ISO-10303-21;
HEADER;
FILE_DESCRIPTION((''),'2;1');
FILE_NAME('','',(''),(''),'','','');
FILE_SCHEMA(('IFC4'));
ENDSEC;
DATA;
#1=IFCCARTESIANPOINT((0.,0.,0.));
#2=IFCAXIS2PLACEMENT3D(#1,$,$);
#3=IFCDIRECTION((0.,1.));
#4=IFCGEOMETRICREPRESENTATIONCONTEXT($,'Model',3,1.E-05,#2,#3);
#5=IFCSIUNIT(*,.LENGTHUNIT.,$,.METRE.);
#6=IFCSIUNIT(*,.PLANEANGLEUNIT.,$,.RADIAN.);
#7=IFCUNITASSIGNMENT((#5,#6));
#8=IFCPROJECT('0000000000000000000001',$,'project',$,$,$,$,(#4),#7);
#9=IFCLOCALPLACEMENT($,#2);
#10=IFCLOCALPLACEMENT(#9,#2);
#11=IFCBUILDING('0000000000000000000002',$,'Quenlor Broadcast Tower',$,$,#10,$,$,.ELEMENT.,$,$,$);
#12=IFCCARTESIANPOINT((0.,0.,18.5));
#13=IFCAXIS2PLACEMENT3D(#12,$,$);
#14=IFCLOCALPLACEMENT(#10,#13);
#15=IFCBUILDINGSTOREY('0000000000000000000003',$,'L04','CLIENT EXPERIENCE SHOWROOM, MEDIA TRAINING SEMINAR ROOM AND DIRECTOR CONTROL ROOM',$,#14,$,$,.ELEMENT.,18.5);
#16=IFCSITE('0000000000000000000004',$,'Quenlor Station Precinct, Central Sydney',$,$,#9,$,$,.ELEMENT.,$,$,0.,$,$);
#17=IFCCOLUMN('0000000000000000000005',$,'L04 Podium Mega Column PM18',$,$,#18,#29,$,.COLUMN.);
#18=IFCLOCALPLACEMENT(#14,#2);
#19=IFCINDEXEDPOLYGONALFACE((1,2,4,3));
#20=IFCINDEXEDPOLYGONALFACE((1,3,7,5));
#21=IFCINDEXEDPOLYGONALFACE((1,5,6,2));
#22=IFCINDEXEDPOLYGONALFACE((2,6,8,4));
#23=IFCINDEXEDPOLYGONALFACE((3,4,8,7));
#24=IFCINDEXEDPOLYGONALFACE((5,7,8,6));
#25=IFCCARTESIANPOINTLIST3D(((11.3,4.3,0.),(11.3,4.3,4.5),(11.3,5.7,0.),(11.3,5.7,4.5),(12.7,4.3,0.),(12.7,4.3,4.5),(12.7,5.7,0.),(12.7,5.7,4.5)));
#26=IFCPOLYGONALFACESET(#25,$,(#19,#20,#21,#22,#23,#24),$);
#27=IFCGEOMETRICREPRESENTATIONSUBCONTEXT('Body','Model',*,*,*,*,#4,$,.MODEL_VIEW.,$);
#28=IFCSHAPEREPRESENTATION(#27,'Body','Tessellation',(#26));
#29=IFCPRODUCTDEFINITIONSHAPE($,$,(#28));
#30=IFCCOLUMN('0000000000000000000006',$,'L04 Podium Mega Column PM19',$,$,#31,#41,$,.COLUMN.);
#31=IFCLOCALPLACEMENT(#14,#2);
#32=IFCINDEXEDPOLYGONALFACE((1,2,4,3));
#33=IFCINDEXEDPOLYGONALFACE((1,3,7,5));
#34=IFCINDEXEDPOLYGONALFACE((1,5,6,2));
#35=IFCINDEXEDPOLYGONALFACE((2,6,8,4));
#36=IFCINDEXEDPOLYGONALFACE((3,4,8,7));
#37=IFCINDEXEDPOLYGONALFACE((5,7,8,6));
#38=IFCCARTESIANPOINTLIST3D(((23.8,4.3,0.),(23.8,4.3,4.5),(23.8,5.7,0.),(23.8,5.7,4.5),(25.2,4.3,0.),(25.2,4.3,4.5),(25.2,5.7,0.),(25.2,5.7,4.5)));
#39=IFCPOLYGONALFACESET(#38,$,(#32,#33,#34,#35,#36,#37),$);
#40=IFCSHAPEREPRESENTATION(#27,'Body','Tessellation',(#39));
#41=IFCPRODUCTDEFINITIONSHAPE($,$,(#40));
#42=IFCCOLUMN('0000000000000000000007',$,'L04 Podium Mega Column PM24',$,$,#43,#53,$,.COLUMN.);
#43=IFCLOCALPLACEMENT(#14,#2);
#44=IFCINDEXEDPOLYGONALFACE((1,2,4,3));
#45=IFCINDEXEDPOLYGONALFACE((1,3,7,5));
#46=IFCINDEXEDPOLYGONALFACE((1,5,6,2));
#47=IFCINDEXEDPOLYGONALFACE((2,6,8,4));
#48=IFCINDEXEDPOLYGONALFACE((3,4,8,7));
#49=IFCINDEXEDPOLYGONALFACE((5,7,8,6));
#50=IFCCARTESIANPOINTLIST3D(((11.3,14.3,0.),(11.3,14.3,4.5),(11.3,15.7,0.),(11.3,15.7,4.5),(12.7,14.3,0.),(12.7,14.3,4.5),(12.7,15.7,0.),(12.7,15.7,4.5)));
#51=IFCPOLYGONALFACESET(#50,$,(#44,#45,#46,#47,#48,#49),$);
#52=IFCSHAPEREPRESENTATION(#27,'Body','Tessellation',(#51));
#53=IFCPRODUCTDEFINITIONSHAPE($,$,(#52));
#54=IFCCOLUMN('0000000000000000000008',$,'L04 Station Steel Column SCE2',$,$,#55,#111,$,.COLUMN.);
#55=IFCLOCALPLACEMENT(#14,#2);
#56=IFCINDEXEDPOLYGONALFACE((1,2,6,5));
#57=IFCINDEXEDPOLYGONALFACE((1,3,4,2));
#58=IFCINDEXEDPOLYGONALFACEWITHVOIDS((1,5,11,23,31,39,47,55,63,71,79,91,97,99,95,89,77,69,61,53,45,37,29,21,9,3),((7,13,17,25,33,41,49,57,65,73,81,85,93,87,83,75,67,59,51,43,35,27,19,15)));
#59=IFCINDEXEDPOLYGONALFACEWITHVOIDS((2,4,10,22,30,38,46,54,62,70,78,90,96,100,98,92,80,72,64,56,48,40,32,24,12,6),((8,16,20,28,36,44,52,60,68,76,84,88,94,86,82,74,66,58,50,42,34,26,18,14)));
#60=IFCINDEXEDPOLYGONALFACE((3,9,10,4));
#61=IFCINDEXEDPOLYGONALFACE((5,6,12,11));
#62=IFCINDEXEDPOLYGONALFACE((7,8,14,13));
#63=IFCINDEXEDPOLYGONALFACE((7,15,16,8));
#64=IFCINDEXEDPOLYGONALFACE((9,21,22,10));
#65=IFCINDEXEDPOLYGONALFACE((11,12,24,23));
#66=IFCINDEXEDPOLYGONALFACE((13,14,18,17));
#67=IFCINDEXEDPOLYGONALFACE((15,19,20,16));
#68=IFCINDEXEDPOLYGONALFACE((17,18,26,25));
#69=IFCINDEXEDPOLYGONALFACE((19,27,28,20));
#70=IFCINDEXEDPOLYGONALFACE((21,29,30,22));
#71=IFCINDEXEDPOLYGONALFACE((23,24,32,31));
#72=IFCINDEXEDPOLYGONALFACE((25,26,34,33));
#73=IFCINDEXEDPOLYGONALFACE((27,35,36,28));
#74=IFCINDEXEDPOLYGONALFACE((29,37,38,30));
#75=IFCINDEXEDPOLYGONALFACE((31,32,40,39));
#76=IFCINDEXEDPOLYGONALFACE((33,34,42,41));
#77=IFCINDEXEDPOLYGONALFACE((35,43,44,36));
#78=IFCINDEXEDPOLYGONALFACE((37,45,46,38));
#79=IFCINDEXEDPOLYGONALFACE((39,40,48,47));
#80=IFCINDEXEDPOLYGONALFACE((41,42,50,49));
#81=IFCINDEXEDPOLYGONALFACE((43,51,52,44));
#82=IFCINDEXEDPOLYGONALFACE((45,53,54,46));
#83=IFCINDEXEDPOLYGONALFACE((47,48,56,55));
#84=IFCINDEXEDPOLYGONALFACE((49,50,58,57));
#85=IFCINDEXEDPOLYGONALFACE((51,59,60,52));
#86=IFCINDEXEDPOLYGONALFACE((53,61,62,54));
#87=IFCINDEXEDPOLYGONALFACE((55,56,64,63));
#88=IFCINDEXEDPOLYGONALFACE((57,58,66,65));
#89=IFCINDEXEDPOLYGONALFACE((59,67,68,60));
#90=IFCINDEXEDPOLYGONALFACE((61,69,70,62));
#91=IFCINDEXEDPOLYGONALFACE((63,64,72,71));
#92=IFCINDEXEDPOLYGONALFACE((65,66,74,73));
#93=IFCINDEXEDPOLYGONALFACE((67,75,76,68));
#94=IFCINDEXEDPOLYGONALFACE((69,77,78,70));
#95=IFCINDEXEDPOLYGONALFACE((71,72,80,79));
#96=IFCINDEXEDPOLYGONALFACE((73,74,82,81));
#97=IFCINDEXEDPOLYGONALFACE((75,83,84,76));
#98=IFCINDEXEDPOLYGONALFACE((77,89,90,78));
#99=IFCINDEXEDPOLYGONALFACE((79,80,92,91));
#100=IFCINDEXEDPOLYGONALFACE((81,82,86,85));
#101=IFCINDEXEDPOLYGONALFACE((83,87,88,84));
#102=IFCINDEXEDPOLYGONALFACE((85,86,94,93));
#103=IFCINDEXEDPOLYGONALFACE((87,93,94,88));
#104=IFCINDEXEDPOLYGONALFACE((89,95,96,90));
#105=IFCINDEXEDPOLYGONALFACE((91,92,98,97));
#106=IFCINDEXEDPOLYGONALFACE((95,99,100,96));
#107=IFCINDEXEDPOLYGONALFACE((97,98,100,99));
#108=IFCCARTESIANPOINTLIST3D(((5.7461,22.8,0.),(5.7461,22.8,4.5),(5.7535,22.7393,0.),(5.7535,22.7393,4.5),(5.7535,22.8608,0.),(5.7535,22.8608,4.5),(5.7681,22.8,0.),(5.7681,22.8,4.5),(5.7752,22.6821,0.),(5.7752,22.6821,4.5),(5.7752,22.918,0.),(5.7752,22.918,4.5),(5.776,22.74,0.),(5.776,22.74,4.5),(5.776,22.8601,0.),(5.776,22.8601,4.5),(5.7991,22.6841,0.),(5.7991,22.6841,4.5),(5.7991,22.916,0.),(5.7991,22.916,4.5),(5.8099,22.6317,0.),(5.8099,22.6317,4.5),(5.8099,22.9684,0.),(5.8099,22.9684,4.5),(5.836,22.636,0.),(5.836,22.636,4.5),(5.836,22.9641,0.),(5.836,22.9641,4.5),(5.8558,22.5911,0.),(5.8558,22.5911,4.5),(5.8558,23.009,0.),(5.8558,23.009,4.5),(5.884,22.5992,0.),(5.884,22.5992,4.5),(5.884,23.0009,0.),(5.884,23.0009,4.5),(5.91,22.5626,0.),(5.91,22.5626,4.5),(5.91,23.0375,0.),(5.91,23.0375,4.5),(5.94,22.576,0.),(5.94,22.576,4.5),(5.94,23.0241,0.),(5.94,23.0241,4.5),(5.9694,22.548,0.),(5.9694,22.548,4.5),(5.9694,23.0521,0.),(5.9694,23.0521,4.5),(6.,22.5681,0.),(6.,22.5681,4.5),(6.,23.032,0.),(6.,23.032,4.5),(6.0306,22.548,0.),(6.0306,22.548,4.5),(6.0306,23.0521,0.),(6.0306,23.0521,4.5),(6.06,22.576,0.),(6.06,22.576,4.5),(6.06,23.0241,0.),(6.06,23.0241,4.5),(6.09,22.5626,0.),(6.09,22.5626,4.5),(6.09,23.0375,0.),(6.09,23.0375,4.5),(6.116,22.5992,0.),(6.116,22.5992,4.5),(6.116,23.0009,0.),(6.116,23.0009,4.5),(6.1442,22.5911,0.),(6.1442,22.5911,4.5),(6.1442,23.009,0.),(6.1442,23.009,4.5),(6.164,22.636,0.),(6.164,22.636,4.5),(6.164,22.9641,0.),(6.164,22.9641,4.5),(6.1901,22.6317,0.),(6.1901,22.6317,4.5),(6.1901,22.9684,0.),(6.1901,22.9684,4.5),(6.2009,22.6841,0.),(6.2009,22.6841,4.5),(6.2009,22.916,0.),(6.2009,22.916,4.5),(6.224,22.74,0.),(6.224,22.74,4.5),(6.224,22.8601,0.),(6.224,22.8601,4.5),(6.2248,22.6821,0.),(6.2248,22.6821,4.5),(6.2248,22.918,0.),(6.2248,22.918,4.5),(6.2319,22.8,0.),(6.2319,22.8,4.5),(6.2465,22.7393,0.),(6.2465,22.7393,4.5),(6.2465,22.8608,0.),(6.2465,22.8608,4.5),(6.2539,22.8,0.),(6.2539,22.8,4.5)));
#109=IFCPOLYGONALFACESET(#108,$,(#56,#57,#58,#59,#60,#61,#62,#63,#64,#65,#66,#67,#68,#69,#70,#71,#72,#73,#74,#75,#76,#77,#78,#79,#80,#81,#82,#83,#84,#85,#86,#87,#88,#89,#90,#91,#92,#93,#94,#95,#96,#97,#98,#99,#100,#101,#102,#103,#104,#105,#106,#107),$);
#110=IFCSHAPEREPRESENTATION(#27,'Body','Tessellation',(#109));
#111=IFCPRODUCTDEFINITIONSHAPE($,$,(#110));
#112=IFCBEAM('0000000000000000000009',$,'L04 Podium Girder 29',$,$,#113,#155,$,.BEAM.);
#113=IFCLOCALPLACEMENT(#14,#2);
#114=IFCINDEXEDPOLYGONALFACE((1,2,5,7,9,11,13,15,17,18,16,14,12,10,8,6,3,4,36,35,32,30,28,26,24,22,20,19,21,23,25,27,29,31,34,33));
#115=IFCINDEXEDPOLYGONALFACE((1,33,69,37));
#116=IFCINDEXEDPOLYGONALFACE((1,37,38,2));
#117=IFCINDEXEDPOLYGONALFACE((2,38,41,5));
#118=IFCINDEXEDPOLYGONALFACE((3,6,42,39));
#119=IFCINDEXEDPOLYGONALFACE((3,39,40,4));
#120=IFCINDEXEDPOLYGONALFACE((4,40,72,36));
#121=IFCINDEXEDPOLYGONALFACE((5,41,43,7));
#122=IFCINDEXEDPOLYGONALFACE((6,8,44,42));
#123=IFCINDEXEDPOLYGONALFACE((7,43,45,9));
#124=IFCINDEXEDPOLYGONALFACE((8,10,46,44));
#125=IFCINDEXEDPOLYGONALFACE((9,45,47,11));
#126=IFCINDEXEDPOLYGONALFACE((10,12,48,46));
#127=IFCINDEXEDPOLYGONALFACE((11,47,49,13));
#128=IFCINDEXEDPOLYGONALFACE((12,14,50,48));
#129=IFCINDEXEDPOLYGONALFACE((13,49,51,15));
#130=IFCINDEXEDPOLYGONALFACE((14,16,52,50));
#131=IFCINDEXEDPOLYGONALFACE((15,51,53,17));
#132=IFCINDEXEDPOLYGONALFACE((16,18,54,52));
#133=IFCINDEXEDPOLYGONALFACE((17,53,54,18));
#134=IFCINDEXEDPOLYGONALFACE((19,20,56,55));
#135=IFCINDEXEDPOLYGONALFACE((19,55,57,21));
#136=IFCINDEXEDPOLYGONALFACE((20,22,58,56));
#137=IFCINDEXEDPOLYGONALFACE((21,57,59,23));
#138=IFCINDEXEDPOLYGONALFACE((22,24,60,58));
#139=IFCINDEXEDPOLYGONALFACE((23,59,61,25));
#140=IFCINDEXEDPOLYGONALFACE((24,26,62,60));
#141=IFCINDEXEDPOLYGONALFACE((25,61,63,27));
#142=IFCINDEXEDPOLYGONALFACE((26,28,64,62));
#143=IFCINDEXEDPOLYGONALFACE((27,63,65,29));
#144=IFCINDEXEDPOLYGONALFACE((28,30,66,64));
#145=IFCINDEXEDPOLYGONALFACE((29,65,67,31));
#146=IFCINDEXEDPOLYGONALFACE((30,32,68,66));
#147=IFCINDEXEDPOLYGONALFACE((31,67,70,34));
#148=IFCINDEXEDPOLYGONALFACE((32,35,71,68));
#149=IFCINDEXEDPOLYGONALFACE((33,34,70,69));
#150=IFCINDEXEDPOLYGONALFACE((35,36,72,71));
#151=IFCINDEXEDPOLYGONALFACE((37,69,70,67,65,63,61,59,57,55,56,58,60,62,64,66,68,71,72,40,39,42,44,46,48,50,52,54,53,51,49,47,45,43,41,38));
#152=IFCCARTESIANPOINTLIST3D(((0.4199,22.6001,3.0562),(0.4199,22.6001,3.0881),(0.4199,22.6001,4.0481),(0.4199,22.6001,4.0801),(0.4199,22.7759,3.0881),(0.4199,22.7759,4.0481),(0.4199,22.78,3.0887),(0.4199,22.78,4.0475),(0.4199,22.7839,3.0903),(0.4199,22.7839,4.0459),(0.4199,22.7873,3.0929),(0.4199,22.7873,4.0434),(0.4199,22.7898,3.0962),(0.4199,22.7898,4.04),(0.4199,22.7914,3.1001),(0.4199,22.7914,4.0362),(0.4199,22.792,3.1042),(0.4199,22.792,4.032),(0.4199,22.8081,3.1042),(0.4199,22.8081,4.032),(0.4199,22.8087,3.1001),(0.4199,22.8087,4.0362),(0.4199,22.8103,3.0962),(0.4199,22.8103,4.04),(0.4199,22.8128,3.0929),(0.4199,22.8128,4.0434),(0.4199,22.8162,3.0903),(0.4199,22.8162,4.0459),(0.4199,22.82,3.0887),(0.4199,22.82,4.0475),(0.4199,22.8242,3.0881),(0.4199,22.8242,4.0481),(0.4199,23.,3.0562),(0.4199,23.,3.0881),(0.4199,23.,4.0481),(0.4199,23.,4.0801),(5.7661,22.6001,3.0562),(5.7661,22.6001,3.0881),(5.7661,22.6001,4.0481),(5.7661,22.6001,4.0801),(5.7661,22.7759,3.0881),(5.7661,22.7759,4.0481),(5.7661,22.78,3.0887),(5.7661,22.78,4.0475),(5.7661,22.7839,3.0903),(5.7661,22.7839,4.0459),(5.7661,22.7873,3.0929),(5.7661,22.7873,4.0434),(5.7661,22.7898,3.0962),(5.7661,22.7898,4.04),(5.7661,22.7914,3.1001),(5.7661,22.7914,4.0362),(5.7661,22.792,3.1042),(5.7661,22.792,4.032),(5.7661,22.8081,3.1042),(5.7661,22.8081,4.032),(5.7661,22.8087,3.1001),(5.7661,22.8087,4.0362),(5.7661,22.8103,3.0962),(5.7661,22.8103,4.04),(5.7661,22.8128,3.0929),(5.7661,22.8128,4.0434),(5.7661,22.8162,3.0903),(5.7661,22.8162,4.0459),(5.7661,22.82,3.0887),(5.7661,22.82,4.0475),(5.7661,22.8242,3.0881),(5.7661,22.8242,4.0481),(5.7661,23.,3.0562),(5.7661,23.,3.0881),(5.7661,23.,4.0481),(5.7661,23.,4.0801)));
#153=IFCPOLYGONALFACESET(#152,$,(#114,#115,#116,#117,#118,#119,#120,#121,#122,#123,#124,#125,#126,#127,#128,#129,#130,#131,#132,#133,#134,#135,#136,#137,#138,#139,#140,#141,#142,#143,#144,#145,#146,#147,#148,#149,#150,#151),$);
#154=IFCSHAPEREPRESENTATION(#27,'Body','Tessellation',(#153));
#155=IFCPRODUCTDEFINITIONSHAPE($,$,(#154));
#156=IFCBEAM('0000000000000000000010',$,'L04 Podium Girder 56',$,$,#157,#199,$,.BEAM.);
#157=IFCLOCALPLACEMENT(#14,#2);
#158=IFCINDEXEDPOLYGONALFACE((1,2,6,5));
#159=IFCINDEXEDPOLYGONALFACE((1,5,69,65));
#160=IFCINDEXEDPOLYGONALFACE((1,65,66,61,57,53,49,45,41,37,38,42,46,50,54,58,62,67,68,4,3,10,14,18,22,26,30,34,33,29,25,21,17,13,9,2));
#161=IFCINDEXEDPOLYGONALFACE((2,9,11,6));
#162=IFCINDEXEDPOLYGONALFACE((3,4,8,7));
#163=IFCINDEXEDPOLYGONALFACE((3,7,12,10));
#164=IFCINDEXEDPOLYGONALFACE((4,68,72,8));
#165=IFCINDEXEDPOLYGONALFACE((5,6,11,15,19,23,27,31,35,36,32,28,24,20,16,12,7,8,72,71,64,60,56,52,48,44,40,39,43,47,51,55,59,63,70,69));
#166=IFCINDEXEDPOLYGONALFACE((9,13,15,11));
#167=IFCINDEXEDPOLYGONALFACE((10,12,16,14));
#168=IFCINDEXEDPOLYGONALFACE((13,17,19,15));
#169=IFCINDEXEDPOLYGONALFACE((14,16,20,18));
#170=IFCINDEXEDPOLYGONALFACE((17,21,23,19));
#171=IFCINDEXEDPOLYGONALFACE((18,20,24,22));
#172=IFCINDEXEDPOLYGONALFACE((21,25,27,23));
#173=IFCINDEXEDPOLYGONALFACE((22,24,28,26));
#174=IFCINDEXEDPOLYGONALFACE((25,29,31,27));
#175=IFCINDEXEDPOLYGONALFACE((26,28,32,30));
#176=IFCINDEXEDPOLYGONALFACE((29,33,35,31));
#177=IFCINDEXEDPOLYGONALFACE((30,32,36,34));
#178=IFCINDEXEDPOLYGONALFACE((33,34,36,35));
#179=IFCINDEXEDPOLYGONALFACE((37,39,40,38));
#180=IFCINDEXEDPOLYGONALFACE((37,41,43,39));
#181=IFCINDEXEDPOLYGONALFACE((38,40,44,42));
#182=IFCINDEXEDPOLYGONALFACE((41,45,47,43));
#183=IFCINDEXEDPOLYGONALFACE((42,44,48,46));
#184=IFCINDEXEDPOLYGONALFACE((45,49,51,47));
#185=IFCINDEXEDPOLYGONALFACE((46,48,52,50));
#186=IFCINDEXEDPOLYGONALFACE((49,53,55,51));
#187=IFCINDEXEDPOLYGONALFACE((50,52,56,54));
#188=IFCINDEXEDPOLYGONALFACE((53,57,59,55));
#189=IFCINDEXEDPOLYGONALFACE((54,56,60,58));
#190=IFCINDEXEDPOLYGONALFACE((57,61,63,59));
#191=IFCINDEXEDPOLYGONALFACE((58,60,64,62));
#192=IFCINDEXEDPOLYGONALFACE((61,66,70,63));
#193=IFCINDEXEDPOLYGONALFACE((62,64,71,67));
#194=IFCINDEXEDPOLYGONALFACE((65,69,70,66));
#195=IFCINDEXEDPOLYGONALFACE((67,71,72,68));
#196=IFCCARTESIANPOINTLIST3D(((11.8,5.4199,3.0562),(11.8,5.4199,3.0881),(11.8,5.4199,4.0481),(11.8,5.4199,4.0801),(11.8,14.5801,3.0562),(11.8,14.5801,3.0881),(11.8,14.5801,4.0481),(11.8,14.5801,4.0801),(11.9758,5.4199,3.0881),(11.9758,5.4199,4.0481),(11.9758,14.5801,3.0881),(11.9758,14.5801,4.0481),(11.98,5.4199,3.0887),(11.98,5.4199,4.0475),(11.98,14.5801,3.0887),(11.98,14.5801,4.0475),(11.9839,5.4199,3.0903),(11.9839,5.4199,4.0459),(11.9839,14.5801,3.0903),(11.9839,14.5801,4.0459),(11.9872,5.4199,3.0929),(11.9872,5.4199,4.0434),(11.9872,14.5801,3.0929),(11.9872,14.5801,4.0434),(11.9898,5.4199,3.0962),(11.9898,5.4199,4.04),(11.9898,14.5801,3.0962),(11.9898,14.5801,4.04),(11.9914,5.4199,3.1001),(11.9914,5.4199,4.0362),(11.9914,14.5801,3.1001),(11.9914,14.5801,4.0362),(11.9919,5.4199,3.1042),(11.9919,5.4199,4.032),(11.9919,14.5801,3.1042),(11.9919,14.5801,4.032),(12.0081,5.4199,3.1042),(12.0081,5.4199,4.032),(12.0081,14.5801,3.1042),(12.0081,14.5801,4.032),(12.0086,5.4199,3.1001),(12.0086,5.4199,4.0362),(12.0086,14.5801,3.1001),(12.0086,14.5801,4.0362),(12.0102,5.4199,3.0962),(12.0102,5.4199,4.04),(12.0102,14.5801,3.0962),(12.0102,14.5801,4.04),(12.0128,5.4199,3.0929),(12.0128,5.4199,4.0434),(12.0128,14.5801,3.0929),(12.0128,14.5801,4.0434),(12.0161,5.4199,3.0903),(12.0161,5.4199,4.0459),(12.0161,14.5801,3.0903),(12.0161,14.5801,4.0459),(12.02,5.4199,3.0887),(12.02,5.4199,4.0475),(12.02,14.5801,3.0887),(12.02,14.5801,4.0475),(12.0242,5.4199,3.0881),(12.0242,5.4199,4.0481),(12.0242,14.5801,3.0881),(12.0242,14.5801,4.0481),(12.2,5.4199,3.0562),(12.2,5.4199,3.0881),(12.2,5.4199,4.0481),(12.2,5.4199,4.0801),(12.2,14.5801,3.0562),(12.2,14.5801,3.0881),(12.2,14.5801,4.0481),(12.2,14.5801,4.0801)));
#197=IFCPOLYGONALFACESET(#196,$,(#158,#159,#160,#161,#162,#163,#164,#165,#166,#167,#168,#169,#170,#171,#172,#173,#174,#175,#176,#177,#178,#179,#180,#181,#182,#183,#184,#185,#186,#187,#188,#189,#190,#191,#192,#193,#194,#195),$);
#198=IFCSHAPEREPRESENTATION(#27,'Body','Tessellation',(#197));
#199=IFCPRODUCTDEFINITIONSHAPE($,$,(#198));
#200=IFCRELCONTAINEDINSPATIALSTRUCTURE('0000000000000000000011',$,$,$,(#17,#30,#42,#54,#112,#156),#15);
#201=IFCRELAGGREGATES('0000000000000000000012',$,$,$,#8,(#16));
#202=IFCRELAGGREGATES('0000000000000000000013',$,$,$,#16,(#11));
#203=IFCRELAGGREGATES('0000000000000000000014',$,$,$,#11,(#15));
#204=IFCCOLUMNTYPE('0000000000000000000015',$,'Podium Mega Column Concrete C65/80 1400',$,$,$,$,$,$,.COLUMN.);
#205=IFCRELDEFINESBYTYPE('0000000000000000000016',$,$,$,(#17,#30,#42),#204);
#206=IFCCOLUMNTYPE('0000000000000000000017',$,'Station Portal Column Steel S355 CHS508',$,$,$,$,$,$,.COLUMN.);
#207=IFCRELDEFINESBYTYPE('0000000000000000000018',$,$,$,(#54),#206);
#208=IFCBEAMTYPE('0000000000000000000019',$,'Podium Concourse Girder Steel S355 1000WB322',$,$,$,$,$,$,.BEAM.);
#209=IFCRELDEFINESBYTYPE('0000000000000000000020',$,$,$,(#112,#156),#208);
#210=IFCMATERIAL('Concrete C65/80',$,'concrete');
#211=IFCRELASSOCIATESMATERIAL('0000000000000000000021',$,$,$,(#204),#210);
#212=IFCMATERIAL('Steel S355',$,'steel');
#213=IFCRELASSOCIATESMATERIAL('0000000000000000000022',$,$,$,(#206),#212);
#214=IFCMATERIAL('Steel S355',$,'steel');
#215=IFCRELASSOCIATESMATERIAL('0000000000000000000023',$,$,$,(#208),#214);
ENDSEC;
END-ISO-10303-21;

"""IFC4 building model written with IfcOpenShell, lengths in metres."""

from ifc_helpers import new_model, si_unit, direction, frame, origin, origin_2d, place, context, subcontext, project, spatial, rectangle, hollow_circle, i_section, extrude, material, material_profile, profile_set, type_object, element, save


model = new_model("IFC4")

# Units and contexts
model_context = context("Model", 3, precision=1e-05, world=origin(), true_north=direction((0.0, 1.0)))
body_context = subcontext(model_context, "Body", "Model", "MODEL_VIEW")
ifc_project = project(units=[si_unit("LENGTHUNIT", "METRE"), si_unit("PLANEANGLEUNIT", "RADIAN")], contexts=[model_context])

# Site, building, storey
site_placement = place(None, origin())
site = spatial("IfcSite", under=ifc_project, at=site_placement, Name="Quenlor Station Precinct, Central Sydney", CompositionType="ELEMENT", RefElevation=0.0)
building_placement = place(site_placement, origin())
building = spatial("IfcBuilding", under=site, at=building_placement, Name="Quenlor Broadcast Tower", CompositionType="ELEMENT")
storey_placement = place(building_placement, frame((0.0, 0.0, 18.5)))
storey = spatial("IfcBuildingStorey", under=building, at=storey_placement, Name="L04", Description="CLIENT EXPERIENCE SHOWROOM, MEDIA TRAINING SEMINAR ROOM AND DIRECTOR CONTROL ROOM", CompositionType="ELEMENT", Elevation=18.5)

# Columns
ifc_material_1 = material(Name="Concrete C65/80", Category="concrete")
ifc_material_profile_1 = material_profile(ifc_material_1, rectangle(XDim=1.3999, YDim=1.3999, at=origin_2d()))
ifc_profile_set_1 = profile_set([ifc_material_profile_1], Name="Concrete C65/80 RC1400x1400")
column_type_1 = type_object("IfcColumnType", Name="Podium Mega Column Concrete C65/80 1400", PredefinedType="COLUMN", material=ifc_profile_set_1)
for number, where, z_axis, x_axis, name in (
    (1, (12.0, 5.0, 0.0), (0.0, 0.0, 1.0), (1.0, 0.0, 0.0), "L04 Podium Mega Column PM18"),
    (2, (24.5, 5.0, 0.0), (0.0, 0.0, 1.0), (1.0, 0.0, 0.0), "L04 Podium Mega Column PM19"),
    (3, (12.0, 15.0, 0.0), (0.0, 0.0, 1.0), (1.0, 0.0, 0.0), "L04 Podium Mega Column PM24"),
):
    element("IfcColumn", number, at=place(storey_placement, frame(where, z_axis=z_axis, x_axis=x_axis)), inside=storey, type_object=column_type_1, Name=name, PredefinedType="COLUMN", context=body_context, shape_type="SweptSolid", body=[
        extrude(rectangle(XDim=1.3999, YDim=1.3999, at=origin_2d()), origin(), (0.0, 0.0, 1.0), 4.5),
    ])
ifc_material_2 = material(Name="Steel S355", Category="steel")
ifc_material_profile_2 = material_profile(ifc_material_2, hollow_circle(Radius=0.2539, WallThickness=0.022, at=origin_2d()))
ifc_profile_set_2 = profile_set([ifc_material_profile_2], Name="Steel S355 CHS508x22")
column_type_2 = type_object("IfcColumnType", Name="Station Portal Column Steel S355 CHS508", PredefinedType="COLUMN", material=ifc_profile_set_2)
column_placement = place(storey_placement, frame((6.0, 22.8, 0.0), z_axis=(0.0, 0.0, 1.0), x_axis=(1.0, 0.0, 0.0)))
element("IfcColumn", 4, at=column_placement, inside=storey, type_object=column_type_2, Name="L04 Station Steel Column SCE2", PredefinedType="COLUMN", context=body_context, shape_type="SweptSolid", body=[
    extrude(hollow_circle(Radius=0.2539, WallThickness=0.022, at=origin_2d()), origin(), (0.0, 0.0, 1.0), 4.5),
])

# Beams
ifc_material_3 = material(Name="Steel S355", Category="steel")
ifc_material_profile_3 = material_profile(ifc_material_3, i_section(OverallWidth=0.3999, OverallDepth=1.0239, WebThickness=0.0161, FlangeThickness=0.032, FilletRadius=0.0161, at=origin_2d()))
ifc_profile_set_3 = profile_set([ifc_material_profile_3], Name="Steel S355 1000WB322")
beam_type_1 = type_object("IfcBeamType", Name="Podium Concourse Girder Steel S355 1000WB322", PredefinedType="BEAM", material=ifc_profile_set_3)
beam_1_placement = place(storey_placement, frame((0.4199, 22.8, 3.5681), z_axis=(1.0, 0.0, 0.0), x_axis=(0.0, 1.0, 0.0)))
element("IfcBeam", 5, at=beam_1_placement, inside=storey, type_object=beam_type_1, Name="L04 Podium Girder 29", PredefinedType="BEAM", context=body_context, shape_type="SweptSolid", body=[
    extrude(i_section(OverallWidth=0.3999, OverallDepth=1.0239, WebThickness=0.0161, FlangeThickness=0.032, FilletRadius=0.0161, at=origin_2d()), origin(), (0.0, 0.0, 1.0), 5.3462),
])
beam_2_placement = place(storey_placement, frame((12.0, 5.4199, 3.5681), z_axis=(0.0, 1.0, 0.0), x_axis=(-1.0, 0.0, 0.0)))
element("IfcBeam", 6, at=beam_2_placement, inside=storey, type_object=beam_type_1, Name="L04 Podium Girder 56", PredefinedType="BEAM", context=body_context, shape_type="SweptSolid", body=[
    extrude(i_section(OverallWidth=0.3999, OverallDepth=1.0239, WebThickness=0.0161, FlangeThickness=0.032, FilletRadius=0.0161, at=origin_2d()), origin(), (0.0, 0.0, 1.0), 9.1602),
])

save(model, "model.ifc")
